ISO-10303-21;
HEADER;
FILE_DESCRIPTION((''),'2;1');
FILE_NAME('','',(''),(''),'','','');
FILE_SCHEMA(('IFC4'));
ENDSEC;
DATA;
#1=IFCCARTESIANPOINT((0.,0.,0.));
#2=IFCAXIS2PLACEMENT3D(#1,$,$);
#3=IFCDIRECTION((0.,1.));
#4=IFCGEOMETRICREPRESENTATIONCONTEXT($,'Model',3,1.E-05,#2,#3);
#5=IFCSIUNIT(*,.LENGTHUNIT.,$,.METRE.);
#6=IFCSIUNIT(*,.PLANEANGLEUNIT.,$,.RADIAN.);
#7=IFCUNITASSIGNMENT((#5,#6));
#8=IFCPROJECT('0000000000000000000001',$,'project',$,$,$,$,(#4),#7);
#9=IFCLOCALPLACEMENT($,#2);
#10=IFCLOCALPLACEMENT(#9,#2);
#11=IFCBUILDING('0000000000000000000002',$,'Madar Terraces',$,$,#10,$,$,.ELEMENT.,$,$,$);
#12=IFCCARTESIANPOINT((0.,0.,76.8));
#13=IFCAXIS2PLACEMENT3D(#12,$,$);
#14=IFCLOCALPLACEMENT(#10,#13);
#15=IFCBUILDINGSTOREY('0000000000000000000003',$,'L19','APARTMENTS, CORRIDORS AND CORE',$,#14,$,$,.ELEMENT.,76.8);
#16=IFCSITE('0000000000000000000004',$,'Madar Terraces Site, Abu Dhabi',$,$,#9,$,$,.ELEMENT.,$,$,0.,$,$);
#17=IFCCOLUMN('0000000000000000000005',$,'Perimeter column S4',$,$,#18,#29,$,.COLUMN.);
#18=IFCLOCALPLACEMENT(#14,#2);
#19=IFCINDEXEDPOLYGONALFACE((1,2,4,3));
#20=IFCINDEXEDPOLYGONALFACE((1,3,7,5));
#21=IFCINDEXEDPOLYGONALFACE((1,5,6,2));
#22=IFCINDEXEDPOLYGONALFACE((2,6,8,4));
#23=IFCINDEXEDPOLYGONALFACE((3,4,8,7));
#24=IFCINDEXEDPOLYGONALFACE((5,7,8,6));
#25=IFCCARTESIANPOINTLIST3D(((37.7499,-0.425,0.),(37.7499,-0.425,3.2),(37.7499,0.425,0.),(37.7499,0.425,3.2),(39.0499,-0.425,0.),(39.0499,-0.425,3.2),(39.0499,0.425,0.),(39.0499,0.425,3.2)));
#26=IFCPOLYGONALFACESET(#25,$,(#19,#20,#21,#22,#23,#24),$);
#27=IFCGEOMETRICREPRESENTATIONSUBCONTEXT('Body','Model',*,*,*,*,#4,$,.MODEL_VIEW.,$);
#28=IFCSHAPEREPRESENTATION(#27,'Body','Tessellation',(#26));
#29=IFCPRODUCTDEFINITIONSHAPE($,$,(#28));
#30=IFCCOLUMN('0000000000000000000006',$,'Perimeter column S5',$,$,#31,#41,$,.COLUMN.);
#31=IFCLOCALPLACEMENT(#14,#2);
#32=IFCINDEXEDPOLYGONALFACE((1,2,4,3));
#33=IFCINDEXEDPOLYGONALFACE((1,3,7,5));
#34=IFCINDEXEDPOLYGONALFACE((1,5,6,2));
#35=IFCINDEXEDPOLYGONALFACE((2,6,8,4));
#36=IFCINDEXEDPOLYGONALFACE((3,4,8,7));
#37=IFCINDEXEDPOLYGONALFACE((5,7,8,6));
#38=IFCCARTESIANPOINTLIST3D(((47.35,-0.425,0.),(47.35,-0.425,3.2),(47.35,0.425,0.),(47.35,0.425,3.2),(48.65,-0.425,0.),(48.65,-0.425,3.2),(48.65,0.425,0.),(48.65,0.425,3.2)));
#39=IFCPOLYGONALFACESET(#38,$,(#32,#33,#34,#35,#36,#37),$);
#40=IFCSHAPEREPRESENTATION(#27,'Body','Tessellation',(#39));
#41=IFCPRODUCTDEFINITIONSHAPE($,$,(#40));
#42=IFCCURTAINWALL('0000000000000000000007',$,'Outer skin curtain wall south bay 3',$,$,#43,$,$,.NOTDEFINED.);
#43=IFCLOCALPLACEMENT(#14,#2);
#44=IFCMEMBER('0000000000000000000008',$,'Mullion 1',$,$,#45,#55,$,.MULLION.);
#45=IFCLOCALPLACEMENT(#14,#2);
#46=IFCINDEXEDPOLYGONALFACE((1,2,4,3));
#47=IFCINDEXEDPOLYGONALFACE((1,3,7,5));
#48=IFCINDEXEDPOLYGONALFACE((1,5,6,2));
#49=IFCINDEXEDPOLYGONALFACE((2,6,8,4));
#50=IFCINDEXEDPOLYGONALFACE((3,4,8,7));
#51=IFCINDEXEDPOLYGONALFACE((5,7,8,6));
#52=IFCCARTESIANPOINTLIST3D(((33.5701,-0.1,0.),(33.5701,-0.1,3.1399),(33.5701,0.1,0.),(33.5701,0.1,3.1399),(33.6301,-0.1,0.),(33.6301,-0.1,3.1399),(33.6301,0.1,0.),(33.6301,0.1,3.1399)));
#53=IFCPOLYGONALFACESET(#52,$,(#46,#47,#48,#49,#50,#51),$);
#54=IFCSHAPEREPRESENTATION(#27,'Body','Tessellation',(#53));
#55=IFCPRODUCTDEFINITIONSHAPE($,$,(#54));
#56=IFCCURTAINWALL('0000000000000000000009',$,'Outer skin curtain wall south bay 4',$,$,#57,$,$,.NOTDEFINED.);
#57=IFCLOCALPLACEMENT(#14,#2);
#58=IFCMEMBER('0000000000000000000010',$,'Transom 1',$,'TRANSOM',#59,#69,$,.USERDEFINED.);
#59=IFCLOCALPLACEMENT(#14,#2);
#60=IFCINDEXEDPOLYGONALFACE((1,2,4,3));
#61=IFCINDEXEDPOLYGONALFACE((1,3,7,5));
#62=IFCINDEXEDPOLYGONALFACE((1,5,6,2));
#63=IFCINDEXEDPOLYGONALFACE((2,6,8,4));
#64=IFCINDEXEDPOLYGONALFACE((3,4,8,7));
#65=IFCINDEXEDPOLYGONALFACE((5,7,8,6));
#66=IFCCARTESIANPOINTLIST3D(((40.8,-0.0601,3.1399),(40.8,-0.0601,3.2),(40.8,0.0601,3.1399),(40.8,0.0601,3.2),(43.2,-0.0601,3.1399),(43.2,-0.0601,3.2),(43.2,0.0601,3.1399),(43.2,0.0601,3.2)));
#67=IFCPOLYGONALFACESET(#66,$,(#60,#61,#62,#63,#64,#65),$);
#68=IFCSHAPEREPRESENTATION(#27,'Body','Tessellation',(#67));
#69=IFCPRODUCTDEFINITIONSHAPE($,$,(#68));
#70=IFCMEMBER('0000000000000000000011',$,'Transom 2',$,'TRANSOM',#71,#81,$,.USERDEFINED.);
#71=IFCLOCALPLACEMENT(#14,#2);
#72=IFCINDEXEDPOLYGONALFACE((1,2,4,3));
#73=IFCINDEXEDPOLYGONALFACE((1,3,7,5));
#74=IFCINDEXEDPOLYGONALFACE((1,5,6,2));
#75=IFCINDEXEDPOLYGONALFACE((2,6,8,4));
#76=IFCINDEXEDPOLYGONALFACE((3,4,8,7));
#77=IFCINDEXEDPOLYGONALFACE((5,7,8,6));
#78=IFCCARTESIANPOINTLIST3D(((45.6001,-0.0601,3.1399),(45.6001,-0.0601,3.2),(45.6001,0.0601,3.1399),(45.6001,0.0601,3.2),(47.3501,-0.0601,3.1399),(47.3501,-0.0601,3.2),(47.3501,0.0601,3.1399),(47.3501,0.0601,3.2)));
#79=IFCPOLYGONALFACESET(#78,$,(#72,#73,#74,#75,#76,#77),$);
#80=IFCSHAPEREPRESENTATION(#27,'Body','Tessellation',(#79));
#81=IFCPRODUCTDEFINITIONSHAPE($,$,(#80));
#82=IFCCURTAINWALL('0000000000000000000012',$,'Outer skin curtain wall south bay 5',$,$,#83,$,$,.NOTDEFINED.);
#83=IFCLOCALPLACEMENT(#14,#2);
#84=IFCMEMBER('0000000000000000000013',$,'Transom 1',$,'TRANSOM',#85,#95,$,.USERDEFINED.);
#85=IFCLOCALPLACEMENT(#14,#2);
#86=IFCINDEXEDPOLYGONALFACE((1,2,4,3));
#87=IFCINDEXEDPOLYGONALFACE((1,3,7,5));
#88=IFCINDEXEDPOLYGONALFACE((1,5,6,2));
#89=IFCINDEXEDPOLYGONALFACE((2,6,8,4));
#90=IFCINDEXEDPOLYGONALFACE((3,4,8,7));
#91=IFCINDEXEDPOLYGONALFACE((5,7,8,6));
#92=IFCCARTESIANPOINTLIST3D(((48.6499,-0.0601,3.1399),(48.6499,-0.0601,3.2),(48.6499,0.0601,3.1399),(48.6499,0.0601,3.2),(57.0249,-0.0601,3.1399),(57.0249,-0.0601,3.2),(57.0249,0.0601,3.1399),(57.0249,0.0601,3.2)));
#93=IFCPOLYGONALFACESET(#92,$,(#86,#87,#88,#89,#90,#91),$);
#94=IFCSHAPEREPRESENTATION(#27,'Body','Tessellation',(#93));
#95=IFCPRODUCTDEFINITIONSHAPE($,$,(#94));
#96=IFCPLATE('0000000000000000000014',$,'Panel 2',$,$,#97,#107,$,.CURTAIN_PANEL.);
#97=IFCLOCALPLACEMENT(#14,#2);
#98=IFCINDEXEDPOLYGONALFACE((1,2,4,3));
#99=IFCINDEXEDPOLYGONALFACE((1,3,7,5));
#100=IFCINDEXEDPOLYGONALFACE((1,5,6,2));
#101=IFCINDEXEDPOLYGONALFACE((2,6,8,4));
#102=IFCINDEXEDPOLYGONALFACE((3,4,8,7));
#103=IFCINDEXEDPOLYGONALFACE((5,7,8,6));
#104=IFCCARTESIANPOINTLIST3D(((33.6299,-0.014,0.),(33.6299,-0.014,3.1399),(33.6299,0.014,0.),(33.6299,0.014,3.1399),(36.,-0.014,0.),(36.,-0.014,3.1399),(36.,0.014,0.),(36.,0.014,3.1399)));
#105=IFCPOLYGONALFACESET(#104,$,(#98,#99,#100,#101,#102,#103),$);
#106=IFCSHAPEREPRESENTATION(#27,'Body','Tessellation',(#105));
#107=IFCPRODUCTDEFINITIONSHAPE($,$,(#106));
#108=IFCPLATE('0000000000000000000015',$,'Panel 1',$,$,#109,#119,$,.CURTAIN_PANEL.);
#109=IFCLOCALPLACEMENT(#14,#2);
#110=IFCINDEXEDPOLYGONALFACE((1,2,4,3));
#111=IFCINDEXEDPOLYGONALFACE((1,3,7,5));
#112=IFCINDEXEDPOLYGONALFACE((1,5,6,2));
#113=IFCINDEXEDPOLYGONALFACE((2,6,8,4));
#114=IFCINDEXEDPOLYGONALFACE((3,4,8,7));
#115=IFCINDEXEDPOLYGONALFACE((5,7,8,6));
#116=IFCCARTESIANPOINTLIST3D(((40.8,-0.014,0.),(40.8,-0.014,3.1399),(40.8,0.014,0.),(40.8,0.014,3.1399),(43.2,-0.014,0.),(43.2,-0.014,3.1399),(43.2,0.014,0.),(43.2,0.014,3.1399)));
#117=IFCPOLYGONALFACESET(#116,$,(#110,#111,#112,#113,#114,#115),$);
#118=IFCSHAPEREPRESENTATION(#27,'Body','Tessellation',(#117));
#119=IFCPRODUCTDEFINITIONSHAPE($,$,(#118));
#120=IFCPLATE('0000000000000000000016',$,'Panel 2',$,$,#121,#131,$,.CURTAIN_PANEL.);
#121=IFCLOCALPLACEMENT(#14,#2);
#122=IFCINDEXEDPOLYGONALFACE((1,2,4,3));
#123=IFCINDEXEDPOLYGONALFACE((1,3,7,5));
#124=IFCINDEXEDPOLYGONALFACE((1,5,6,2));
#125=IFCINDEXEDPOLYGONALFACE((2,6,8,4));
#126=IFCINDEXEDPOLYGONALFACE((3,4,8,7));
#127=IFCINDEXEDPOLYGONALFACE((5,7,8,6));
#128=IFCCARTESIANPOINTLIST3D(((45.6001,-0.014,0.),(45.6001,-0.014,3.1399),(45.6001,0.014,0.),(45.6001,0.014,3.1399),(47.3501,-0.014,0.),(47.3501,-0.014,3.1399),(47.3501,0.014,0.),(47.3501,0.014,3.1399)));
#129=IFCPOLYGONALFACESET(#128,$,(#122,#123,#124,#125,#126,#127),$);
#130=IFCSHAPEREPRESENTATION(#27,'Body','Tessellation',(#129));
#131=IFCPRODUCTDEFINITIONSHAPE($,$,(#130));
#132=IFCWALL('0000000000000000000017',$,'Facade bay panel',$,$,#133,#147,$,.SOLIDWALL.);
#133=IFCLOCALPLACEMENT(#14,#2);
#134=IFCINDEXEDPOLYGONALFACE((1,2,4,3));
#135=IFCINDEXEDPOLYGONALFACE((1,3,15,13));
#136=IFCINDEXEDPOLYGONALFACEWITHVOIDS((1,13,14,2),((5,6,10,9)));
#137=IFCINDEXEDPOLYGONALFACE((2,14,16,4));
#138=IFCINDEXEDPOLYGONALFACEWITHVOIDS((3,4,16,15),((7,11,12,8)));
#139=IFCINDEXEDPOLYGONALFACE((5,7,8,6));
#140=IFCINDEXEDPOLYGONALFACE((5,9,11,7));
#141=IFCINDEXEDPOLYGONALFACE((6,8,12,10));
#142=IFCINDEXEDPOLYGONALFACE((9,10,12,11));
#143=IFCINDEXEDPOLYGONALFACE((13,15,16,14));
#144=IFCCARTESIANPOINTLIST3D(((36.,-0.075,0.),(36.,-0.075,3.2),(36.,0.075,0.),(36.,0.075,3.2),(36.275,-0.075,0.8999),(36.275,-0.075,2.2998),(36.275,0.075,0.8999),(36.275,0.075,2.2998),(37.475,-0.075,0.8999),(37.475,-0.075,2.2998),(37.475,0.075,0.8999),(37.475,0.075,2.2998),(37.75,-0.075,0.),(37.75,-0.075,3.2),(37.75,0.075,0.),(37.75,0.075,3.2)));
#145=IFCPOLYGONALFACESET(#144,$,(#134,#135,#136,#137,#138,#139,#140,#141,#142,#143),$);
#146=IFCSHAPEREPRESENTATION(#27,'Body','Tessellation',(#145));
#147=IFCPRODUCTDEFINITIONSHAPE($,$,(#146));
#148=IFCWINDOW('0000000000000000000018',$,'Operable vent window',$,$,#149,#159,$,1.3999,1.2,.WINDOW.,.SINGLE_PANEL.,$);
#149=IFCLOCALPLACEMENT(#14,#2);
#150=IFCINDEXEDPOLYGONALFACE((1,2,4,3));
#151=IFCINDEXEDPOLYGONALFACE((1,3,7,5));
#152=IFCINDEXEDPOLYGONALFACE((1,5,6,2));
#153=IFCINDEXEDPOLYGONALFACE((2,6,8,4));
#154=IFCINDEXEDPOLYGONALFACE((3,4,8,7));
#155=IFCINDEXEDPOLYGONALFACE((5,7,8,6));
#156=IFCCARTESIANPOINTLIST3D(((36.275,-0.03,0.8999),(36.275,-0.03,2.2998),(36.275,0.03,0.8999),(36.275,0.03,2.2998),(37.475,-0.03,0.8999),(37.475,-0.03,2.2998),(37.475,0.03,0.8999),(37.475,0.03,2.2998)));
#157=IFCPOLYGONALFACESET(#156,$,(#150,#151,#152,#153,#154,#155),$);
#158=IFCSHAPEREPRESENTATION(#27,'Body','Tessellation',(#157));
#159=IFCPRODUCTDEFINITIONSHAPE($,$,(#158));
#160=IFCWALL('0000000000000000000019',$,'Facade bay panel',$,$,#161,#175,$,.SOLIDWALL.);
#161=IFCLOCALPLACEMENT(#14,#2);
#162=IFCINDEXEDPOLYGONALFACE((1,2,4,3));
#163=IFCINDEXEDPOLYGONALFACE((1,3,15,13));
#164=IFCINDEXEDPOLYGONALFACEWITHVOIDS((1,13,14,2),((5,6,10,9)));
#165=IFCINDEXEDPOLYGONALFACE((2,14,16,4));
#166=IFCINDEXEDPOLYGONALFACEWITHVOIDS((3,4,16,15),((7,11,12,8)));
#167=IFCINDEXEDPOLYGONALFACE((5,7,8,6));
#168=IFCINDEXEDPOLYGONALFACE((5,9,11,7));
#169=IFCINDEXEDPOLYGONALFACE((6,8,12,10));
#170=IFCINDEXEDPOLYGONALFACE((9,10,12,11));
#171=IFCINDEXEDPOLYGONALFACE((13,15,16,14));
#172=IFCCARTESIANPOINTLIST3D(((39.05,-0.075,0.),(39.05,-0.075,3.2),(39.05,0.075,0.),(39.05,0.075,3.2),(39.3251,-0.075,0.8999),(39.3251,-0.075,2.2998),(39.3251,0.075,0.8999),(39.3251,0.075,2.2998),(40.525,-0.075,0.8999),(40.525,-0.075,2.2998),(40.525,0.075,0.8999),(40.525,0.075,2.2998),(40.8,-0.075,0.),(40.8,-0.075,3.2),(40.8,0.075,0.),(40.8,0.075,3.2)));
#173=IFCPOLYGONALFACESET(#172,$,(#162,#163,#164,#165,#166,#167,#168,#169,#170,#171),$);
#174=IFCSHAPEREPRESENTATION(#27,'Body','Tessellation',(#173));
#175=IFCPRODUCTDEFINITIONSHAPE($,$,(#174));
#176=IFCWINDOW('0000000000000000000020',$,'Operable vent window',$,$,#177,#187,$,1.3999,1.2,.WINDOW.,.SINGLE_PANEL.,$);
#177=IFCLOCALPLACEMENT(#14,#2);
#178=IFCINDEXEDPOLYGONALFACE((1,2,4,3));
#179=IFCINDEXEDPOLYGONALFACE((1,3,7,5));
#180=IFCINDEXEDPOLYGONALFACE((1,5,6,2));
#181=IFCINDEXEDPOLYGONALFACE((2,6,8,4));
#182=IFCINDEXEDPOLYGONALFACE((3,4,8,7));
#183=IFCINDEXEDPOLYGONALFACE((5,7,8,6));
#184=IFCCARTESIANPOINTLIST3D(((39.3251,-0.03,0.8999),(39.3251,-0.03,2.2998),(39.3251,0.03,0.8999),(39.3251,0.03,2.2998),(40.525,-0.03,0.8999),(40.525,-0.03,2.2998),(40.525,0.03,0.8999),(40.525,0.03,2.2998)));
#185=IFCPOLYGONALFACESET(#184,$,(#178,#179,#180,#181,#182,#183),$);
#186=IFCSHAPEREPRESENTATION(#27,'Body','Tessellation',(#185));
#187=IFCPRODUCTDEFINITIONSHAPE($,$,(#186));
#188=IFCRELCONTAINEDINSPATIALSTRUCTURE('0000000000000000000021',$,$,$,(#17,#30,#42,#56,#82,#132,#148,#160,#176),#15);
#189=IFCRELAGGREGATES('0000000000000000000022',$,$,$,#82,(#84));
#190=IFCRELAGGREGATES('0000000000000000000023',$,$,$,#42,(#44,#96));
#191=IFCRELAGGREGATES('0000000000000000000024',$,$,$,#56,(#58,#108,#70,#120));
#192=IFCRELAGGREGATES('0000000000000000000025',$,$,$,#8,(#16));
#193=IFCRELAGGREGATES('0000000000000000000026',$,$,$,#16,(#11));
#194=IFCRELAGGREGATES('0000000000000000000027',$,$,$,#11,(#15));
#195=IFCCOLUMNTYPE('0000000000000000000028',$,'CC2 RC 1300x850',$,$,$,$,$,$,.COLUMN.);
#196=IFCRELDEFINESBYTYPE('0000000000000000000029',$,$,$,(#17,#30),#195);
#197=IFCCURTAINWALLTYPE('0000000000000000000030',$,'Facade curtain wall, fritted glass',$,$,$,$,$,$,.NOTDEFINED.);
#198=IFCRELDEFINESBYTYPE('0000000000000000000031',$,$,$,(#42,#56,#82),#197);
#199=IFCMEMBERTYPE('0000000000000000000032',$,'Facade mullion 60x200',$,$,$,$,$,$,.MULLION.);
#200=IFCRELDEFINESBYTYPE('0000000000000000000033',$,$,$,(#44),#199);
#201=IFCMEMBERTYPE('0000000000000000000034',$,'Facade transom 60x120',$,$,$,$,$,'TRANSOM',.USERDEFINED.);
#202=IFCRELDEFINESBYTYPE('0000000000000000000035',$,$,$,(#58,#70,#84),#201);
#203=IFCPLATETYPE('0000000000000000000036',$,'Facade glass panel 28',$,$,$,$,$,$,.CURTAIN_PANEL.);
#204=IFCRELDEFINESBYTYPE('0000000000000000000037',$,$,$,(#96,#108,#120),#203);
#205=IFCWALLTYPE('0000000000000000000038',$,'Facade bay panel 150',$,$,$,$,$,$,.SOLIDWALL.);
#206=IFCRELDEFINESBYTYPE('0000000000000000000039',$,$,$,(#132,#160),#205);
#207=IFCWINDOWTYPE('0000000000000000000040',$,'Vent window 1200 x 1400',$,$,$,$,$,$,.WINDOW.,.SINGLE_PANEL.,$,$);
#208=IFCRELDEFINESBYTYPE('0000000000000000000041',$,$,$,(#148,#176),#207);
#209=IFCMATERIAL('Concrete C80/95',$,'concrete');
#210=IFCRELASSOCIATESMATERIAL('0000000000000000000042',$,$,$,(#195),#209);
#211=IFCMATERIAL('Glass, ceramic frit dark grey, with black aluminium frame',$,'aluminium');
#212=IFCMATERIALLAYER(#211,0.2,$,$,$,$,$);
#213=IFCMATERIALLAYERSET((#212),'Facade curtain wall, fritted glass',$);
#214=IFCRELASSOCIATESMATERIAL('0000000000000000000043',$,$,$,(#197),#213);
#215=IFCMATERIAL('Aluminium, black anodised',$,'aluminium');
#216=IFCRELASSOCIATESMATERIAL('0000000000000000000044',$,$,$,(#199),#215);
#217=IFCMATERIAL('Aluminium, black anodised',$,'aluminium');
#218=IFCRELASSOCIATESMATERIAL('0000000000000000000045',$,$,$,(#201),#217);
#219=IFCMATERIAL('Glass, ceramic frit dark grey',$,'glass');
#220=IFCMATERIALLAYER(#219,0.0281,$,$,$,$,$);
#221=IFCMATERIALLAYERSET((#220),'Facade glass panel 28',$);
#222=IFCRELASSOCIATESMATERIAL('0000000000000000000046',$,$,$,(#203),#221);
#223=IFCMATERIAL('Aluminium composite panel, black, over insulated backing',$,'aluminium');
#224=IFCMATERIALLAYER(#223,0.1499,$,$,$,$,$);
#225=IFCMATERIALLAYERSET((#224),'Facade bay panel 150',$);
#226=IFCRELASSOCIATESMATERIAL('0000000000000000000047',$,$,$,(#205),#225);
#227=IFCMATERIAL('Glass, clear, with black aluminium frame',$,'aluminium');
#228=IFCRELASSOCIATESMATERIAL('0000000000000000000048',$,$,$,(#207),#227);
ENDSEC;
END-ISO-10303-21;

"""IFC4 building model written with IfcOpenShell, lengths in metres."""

from ifc_helpers import new_model, si_unit, direction, frame, frame_2d, origin, origin_2d, place, context, subcontext, project, spatial, rectangle, extrude, material, layer, layer_set, material_profile, profile_set, type_object, element, fill, aggregate, save


model = new_model("IFC4")

# Units and contexts
model_context = context("Model", 3, precision=1e-05, world=origin(), true_north=direction((0.0, 1.0)))
body_context = subcontext(model_context, "Body", "Model", "MODEL_VIEW")
ifc_project = project(units=[si_unit("LENGTHUNIT", "METRE"), si_unit("PLANEANGLEUNIT", "RADIAN")], contexts=[model_context])

# Site, building, storey
site_placement = place(None, origin())
site = spatial("IfcSite", under=ifc_project, at=site_placement, Name="Madar Terraces Site, Abu Dhabi", CompositionType="ELEMENT", RefElevation=0.0)
building_placement = place(site_placement, origin())
building = spatial("IfcBuilding", under=site, at=building_placement, Name="Madar Terraces", CompositionType="ELEMENT")
storey_placement = place(building_placement, frame((0.0, 0.0, 76.8)))
storey = spatial("IfcBuildingStorey", under=building, at=storey_placement, Name="L19", Description="APARTMENTS, CORRIDORS AND CORE", CompositionType="ELEMENT", Elevation=76.8)

# Columns
ifc_material_1 = material(Name="Concrete C80/95", Category="concrete")
ifc_material_profile_1 = material_profile(ifc_material_1, rectangle(XDim=1.3, YDim=0.8501, at=origin_2d()), Name="CC2 RC 1300x850")
ifc_profile_set_1 = profile_set([ifc_material_profile_1], Name="Concrete C80/95")
column_type = type_object("IfcColumnType", Name="CC2 RC 1300x850", PredefinedType="COLUMN", material=ifc_profile_set_1)
for number, where, z_axis, x_axis, name in (
    (1, (38.3999, 0.0, 0.0), (0.0, 0.0, 1.0), (1.0, 0.0, 0.0), "Perimeter column S4"),
    (2, (48.0, 0.0, 0.0), (0.0, 0.0, 1.0), (1.0, 0.0, 0.0), "Perimeter column S5"),
):
    element("IfcColumn", number, at=place(storey_placement, frame(where, z_axis=z_axis, x_axis=x_axis)), inside=storey, type_object=column_type, Name=name, PredefinedType="COLUMN", context=body_context, shape_type="SweptSolid", body=[
        extrude(rectangle(XDim=1.3, YDim=0.8501, at=origin_2d()), origin(), (0.0, 0.0, 1.0), 3.2),
    ])

# Curtain wall, member
ifc_material_2 = material(Name="Glass, ceramic frit dark grey, with black aluminium frame", Category="aluminium")
ifc_layer_1 = layer(ifc_material_2, 0.2)
ifc_layer_set_1 = layer_set([ifc_layer_1], Name="Facade curtain wall, fritted glass")
curtain_wall_type = type_object("IfcCurtainWallType", Name="Facade curtain wall, fritted glass", PredefinedType="NOTDEFINED", material=ifc_layer_set_1)
curtain_wall_1_placement = place(storey_placement, origin())
curtain_wall_1 = element("IfcCurtainWall", 3, at=curtain_wall_1_placement, inside=storey, type_object=curtain_wall_type, Name="Outer skin curtain wall south bay 3", PredefinedType="NOTDEFINED")
ifc_material_3 = material(Name="Aluminium, black anodised", Category="aluminium")
ifc_material_profile_2 = material_profile(ifc_material_3, rectangle(XDim=0.2, YDim=0.0601, at=origin_2d()), Name="Facade mullion 60x200")
ifc_profile_set_2 = profile_set([ifc_material_profile_2], Name="Aluminium, black anodised")
member_type_1 = type_object("IfcMemberType", Name="Facade mullion 60x200", PredefinedType="MULLION", material=ifc_profile_set_2)
member_1_placement = place(storey_placement, frame((33.6001, 0.0, 0.0), z_axis=(0.0, 0.0, 1.0), x_axis=(0.0, 1.0, 0.0)))
member_1 = element("IfcMember", 4, at=member_1_placement, type_object=member_type_1, Name="Mullion 1", PredefinedType="MULLION", context=body_context, shape_type="SweptSolid", body=[
    extrude(rectangle(XDim=0.2, YDim=0.0601, at=origin_2d()), origin(), (0.0, 0.0, 1.0), 3.1399),
])

# Curtain wall, members
curtain_wall_2_placement = place(storey_placement, origin())
curtain_wall_2 = element("IfcCurtainWall", 5, at=curtain_wall_2_placement, inside=storey, type_object=curtain_wall_type, Name="Outer skin curtain wall south bay 4", PredefinedType="NOTDEFINED")
ifc_material_4 = material(Name="Aluminium, black anodised", Category="aluminium")
ifc_material_profile_3 = material_profile(ifc_material_4, rectangle(XDim=0.1201, YDim=0.0601, at=origin_2d()), Name="Facade transom 60x120")
ifc_profile_set_3 = profile_set([ifc_material_profile_3], Name="Aluminium, black anodised")
member_type_2 = type_object("IfcMemberType", Name="Facade transom 60x120", ElementType="TRANSOM", PredefinedType="USERDEFINED", material=ifc_profile_set_3)
member_2_placement = place(storey_placement, frame((40.8, 0.0, 3.1699), z_axis=(1.0, 0.0, 0.0), x_axis=(0.0, 1.0, 0.0)))
member_2 = element("IfcMember", 6, at=member_2_placement, type_object=member_type_2, Name="Transom 1", ObjectType="TRANSOM", PredefinedType="USERDEFINED", context=body_context, shape_type="SweptSolid", body=[
    extrude(rectangle(XDim=0.1201, YDim=0.0601, at=origin_2d()), origin(), (0.0, 0.0, 1.0), 2.3999),
])
member_3_placement = place(storey_placement, frame((45.6001, 0.0, 3.1699), z_axis=(1.0, 0.0, 0.0), x_axis=(0.0, 1.0, 0.0)))
member_3 = element("IfcMember", 7, at=member_3_placement, type_object=member_type_2, Name="Transom 2", ObjectType="TRANSOM", PredefinedType="USERDEFINED", context=body_context, shape_type="SweptSolid", body=[
    extrude(rectangle(XDim=0.1201, YDim=0.0601, at=origin_2d()), origin(), (0.0, 0.0, 1.0), 1.75),
])

# Curtain wall, member
curtain_wall_3_placement = place(storey_placement, origin())
curtain_wall_3 = element("IfcCurtainWall", 8, at=curtain_wall_3_placement, inside=storey, type_object=curtain_wall_type, Name="Outer skin curtain wall south bay 5", PredefinedType="NOTDEFINED")
member_4_placement = place(storey_placement, frame((48.6499, 0.0, 3.1699), z_axis=(1.0, 0.0, 0.0), x_axis=(0.0, 1.0, 0.0)))
member_4 = element("IfcMember", 9, at=member_4_placement, type_object=member_type_2, Name="Transom 1", ObjectType="TRANSOM", PredefinedType="USERDEFINED", context=body_context, shape_type="SweptSolid", body=[
    extrude(rectangle(XDim=0.1201, YDim=0.0601, at=origin_2d()), origin(), (0.0, 0.0, 1.0), 8.375),
])
aggregate(curtain_wall_3, [member_4])

# Plates
ifc_material_5 = material(Name="Glass, ceramic frit dark grey", Category="glass")
ifc_layer_2 = layer(ifc_material_5, 0.0281)
ifc_layer_set_2 = layer_set([ifc_layer_2], Name="Facade glass panel 28")
plate_type = type_object("IfcPlateType", Name="Facade glass panel 28", PredefinedType="CURTAIN_PANEL", material=ifc_layer_set_2)
plate_1_placement = place(storey_placement, frame((34.8149, 0.0, 0.0), z_axis=(0.0, 0.0, 1.0), x_axis=(1.0, 0.0, 0.0)))
plate_1 = element("IfcPlate", 10, at=plate_1_placement, type_object=plate_type, Name="Panel 2", PredefinedType="CURTAIN_PANEL", context=body_context, shape_type="SweptSolid", body=[
    extrude(rectangle(XDim=2.3701, YDim=0.0281, at=origin_2d()), origin(), (0.0, 0.0, 1.0), 3.1399),
])
aggregate(curtain_wall_1, [member_1, plate_1])
plate_2_placement = place(storey_placement, frame((42.0, 0.0, 0.0), z_axis=(0.0, 0.0, 1.0), x_axis=(1.0, 0.0, 0.0)))
plate_2 = element("IfcPlate", 11, at=plate_2_placement, type_object=plate_type, Name="Panel 1", PredefinedType="CURTAIN_PANEL", context=body_context, shape_type="SweptSolid", body=[
    extrude(rectangle(XDim=2.3999, YDim=0.0281, at=origin_2d()), origin(), (0.0, 0.0, 1.0), 3.1399),
])
plate_3_placement = place(storey_placement, frame((46.4751, 0.0, 0.0), z_axis=(0.0, 0.0, 1.0), x_axis=(1.0, 0.0, 0.0)))
plate_3 = element("IfcPlate", 12, at=plate_3_placement, type_object=plate_type, Name="Panel 2", PredefinedType="CURTAIN_PANEL", context=body_context, shape_type="SweptSolid", body=[
    extrude(rectangle(XDim=1.75, YDim=0.0281, at=origin_2d()), origin(), (0.0, 0.0, 1.0), 3.1399),
])
aggregate(curtain_wall_2, [member_2, plate_2, member_3, plate_3])

# Walls, openings, windows
ifc_material_6 = material(Name="Aluminium composite panel, black, over insulated backing", Category="aluminium")
ifc_layer_3 = layer(ifc_material_6, 0.1499)
ifc_layer_set_3 = layer_set([ifc_layer_3], Name="Facade bay panel 150")
wall_type_1 = type_object("IfcWallType", Name="Facade bay panel 150", PredefinedType="SOLIDWALL", material=ifc_layer_set_3)
wall_1_placement = place(storey_placement, frame((36.0, 0.0, 0.0), z_axis=(0.0, 0.0, 1.0), x_axis=(1.0, 0.0, 0.0)))
wall_1 = element("IfcWall", 13, at=wall_1_placement, inside=storey, type_object=wall_type_1, Name="Facade bay panel", PredefinedType="SOLIDWALL", context=body_context, shape_type="SweptSolid", body=[
    extrude(rectangle(XDim=1.75, YDim=0.1499, at=frame_2d((0.875, 0.0))), origin(), (0.0, 0.0, 1.0), 3.2),
])
opening_1_placement = place(wall_1_placement, frame((0.2749, 0.0, 0.8999)))
opening_1 = element("IfcOpeningElement", 14, at=opening_1_placement, cuts=wall_1, PredefinedType="OPENING", context=body_context, shape_type="SweptSolid", body=[
    extrude(rectangle(XDim=1.2, YDim=1.3999, at=frame_2d((0.6001, 0.7))), frame((0.0, 0.085, 0.0), z_axis=(0.0, -1.0, 0.0), x_axis=(1.0, 0.0, 0.0)), (0.0, 0.0, 1.0), 0.1699),
])
ifc_material_7 = material(Name="Glass, clear, with black aluminium frame", Category="aluminium")
window_type = type_object("IfcWindowType", Name="Vent window 1200 x 1400", PartitioningType="SINGLE_PANEL", PredefinedType="WINDOW", material=ifc_material_7)
window_1_placement = place(opening_1_placement, origin())
window_1 = element("IfcWindow", 15, at=window_1_placement, inside=storey, type_object=window_type, Name="Operable vent window", OverallHeight=1.3999, OverallWidth=1.2, PartitioningType="SINGLE_PANEL", PredefinedType="WINDOW", context=body_context, shape_type="SweptSolid", body=[
    extrude(rectangle(XDim=1.2, YDim=1.3999, at=frame_2d((0.6001, 0.7))), frame((0.0, 0.03, 0.0), z_axis=(0.0, -1.0, 0.0), x_axis=(1.0, 0.0, 0.0)), (0.0, 0.0, 1.0), 0.0601),
])
fill(opening_1, window_1)
wall_2_placement = place(storey_placement, frame((39.05, 0.0, 0.0), z_axis=(0.0, 0.0, 1.0), x_axis=(1.0, 0.0, 0.0)))
wall_2 = element("IfcWall", 16, at=wall_2_placement, inside=storey, type_object=wall_type_1, Name="Facade bay panel", PredefinedType="SOLIDWALL", context=body_context, shape_type="SweptSolid", body=[
    extrude(rectangle(XDim=1.75, YDim=0.1499, at=frame_2d((0.875, 0.0))), origin(), (0.0, 0.0, 1.0), 3.2),
])
opening_2_placement = place(wall_2_placement, frame((0.2749, 0.0, 0.8999)))
opening_2 = element("IfcOpeningElement", 17, at=opening_2_placement, cuts=wall_2, PredefinedType="OPENING", context=body_context, shape_type="SweptSolid", body=[
    extrude(rectangle(XDim=1.2, YDim=1.3999, at=frame_2d((0.6001, 0.7))), frame((0.0, 0.085, 0.0), z_axis=(0.0, -1.0, 0.0), x_axis=(1.0, 0.0, 0.0)), (0.0, 0.0, 1.0), 0.1699),
])
window_2_placement = place(opening_2_placement, origin())
window_2 = element("IfcWindow", 18, at=window_2_placement, inside=storey, type_object=window_type, Name="Operable vent window", OverallHeight=1.3999, OverallWidth=1.2, PartitioningType="SINGLE_PANEL", PredefinedType="WINDOW", context=body_context, shape_type="SweptSolid", body=[
    extrude(rectangle(XDim=1.2, YDim=1.3999, at=frame_2d((0.6001, 0.7))), frame((0.0, 0.03, 0.0), z_axis=(0.0, -1.0, 0.0), x_axis=(1.0, 0.0, 0.0)), (0.0, 0.0, 1.0), 0.0601),
])
fill(opening_2, window_2)

save(model, "model.ifc")
